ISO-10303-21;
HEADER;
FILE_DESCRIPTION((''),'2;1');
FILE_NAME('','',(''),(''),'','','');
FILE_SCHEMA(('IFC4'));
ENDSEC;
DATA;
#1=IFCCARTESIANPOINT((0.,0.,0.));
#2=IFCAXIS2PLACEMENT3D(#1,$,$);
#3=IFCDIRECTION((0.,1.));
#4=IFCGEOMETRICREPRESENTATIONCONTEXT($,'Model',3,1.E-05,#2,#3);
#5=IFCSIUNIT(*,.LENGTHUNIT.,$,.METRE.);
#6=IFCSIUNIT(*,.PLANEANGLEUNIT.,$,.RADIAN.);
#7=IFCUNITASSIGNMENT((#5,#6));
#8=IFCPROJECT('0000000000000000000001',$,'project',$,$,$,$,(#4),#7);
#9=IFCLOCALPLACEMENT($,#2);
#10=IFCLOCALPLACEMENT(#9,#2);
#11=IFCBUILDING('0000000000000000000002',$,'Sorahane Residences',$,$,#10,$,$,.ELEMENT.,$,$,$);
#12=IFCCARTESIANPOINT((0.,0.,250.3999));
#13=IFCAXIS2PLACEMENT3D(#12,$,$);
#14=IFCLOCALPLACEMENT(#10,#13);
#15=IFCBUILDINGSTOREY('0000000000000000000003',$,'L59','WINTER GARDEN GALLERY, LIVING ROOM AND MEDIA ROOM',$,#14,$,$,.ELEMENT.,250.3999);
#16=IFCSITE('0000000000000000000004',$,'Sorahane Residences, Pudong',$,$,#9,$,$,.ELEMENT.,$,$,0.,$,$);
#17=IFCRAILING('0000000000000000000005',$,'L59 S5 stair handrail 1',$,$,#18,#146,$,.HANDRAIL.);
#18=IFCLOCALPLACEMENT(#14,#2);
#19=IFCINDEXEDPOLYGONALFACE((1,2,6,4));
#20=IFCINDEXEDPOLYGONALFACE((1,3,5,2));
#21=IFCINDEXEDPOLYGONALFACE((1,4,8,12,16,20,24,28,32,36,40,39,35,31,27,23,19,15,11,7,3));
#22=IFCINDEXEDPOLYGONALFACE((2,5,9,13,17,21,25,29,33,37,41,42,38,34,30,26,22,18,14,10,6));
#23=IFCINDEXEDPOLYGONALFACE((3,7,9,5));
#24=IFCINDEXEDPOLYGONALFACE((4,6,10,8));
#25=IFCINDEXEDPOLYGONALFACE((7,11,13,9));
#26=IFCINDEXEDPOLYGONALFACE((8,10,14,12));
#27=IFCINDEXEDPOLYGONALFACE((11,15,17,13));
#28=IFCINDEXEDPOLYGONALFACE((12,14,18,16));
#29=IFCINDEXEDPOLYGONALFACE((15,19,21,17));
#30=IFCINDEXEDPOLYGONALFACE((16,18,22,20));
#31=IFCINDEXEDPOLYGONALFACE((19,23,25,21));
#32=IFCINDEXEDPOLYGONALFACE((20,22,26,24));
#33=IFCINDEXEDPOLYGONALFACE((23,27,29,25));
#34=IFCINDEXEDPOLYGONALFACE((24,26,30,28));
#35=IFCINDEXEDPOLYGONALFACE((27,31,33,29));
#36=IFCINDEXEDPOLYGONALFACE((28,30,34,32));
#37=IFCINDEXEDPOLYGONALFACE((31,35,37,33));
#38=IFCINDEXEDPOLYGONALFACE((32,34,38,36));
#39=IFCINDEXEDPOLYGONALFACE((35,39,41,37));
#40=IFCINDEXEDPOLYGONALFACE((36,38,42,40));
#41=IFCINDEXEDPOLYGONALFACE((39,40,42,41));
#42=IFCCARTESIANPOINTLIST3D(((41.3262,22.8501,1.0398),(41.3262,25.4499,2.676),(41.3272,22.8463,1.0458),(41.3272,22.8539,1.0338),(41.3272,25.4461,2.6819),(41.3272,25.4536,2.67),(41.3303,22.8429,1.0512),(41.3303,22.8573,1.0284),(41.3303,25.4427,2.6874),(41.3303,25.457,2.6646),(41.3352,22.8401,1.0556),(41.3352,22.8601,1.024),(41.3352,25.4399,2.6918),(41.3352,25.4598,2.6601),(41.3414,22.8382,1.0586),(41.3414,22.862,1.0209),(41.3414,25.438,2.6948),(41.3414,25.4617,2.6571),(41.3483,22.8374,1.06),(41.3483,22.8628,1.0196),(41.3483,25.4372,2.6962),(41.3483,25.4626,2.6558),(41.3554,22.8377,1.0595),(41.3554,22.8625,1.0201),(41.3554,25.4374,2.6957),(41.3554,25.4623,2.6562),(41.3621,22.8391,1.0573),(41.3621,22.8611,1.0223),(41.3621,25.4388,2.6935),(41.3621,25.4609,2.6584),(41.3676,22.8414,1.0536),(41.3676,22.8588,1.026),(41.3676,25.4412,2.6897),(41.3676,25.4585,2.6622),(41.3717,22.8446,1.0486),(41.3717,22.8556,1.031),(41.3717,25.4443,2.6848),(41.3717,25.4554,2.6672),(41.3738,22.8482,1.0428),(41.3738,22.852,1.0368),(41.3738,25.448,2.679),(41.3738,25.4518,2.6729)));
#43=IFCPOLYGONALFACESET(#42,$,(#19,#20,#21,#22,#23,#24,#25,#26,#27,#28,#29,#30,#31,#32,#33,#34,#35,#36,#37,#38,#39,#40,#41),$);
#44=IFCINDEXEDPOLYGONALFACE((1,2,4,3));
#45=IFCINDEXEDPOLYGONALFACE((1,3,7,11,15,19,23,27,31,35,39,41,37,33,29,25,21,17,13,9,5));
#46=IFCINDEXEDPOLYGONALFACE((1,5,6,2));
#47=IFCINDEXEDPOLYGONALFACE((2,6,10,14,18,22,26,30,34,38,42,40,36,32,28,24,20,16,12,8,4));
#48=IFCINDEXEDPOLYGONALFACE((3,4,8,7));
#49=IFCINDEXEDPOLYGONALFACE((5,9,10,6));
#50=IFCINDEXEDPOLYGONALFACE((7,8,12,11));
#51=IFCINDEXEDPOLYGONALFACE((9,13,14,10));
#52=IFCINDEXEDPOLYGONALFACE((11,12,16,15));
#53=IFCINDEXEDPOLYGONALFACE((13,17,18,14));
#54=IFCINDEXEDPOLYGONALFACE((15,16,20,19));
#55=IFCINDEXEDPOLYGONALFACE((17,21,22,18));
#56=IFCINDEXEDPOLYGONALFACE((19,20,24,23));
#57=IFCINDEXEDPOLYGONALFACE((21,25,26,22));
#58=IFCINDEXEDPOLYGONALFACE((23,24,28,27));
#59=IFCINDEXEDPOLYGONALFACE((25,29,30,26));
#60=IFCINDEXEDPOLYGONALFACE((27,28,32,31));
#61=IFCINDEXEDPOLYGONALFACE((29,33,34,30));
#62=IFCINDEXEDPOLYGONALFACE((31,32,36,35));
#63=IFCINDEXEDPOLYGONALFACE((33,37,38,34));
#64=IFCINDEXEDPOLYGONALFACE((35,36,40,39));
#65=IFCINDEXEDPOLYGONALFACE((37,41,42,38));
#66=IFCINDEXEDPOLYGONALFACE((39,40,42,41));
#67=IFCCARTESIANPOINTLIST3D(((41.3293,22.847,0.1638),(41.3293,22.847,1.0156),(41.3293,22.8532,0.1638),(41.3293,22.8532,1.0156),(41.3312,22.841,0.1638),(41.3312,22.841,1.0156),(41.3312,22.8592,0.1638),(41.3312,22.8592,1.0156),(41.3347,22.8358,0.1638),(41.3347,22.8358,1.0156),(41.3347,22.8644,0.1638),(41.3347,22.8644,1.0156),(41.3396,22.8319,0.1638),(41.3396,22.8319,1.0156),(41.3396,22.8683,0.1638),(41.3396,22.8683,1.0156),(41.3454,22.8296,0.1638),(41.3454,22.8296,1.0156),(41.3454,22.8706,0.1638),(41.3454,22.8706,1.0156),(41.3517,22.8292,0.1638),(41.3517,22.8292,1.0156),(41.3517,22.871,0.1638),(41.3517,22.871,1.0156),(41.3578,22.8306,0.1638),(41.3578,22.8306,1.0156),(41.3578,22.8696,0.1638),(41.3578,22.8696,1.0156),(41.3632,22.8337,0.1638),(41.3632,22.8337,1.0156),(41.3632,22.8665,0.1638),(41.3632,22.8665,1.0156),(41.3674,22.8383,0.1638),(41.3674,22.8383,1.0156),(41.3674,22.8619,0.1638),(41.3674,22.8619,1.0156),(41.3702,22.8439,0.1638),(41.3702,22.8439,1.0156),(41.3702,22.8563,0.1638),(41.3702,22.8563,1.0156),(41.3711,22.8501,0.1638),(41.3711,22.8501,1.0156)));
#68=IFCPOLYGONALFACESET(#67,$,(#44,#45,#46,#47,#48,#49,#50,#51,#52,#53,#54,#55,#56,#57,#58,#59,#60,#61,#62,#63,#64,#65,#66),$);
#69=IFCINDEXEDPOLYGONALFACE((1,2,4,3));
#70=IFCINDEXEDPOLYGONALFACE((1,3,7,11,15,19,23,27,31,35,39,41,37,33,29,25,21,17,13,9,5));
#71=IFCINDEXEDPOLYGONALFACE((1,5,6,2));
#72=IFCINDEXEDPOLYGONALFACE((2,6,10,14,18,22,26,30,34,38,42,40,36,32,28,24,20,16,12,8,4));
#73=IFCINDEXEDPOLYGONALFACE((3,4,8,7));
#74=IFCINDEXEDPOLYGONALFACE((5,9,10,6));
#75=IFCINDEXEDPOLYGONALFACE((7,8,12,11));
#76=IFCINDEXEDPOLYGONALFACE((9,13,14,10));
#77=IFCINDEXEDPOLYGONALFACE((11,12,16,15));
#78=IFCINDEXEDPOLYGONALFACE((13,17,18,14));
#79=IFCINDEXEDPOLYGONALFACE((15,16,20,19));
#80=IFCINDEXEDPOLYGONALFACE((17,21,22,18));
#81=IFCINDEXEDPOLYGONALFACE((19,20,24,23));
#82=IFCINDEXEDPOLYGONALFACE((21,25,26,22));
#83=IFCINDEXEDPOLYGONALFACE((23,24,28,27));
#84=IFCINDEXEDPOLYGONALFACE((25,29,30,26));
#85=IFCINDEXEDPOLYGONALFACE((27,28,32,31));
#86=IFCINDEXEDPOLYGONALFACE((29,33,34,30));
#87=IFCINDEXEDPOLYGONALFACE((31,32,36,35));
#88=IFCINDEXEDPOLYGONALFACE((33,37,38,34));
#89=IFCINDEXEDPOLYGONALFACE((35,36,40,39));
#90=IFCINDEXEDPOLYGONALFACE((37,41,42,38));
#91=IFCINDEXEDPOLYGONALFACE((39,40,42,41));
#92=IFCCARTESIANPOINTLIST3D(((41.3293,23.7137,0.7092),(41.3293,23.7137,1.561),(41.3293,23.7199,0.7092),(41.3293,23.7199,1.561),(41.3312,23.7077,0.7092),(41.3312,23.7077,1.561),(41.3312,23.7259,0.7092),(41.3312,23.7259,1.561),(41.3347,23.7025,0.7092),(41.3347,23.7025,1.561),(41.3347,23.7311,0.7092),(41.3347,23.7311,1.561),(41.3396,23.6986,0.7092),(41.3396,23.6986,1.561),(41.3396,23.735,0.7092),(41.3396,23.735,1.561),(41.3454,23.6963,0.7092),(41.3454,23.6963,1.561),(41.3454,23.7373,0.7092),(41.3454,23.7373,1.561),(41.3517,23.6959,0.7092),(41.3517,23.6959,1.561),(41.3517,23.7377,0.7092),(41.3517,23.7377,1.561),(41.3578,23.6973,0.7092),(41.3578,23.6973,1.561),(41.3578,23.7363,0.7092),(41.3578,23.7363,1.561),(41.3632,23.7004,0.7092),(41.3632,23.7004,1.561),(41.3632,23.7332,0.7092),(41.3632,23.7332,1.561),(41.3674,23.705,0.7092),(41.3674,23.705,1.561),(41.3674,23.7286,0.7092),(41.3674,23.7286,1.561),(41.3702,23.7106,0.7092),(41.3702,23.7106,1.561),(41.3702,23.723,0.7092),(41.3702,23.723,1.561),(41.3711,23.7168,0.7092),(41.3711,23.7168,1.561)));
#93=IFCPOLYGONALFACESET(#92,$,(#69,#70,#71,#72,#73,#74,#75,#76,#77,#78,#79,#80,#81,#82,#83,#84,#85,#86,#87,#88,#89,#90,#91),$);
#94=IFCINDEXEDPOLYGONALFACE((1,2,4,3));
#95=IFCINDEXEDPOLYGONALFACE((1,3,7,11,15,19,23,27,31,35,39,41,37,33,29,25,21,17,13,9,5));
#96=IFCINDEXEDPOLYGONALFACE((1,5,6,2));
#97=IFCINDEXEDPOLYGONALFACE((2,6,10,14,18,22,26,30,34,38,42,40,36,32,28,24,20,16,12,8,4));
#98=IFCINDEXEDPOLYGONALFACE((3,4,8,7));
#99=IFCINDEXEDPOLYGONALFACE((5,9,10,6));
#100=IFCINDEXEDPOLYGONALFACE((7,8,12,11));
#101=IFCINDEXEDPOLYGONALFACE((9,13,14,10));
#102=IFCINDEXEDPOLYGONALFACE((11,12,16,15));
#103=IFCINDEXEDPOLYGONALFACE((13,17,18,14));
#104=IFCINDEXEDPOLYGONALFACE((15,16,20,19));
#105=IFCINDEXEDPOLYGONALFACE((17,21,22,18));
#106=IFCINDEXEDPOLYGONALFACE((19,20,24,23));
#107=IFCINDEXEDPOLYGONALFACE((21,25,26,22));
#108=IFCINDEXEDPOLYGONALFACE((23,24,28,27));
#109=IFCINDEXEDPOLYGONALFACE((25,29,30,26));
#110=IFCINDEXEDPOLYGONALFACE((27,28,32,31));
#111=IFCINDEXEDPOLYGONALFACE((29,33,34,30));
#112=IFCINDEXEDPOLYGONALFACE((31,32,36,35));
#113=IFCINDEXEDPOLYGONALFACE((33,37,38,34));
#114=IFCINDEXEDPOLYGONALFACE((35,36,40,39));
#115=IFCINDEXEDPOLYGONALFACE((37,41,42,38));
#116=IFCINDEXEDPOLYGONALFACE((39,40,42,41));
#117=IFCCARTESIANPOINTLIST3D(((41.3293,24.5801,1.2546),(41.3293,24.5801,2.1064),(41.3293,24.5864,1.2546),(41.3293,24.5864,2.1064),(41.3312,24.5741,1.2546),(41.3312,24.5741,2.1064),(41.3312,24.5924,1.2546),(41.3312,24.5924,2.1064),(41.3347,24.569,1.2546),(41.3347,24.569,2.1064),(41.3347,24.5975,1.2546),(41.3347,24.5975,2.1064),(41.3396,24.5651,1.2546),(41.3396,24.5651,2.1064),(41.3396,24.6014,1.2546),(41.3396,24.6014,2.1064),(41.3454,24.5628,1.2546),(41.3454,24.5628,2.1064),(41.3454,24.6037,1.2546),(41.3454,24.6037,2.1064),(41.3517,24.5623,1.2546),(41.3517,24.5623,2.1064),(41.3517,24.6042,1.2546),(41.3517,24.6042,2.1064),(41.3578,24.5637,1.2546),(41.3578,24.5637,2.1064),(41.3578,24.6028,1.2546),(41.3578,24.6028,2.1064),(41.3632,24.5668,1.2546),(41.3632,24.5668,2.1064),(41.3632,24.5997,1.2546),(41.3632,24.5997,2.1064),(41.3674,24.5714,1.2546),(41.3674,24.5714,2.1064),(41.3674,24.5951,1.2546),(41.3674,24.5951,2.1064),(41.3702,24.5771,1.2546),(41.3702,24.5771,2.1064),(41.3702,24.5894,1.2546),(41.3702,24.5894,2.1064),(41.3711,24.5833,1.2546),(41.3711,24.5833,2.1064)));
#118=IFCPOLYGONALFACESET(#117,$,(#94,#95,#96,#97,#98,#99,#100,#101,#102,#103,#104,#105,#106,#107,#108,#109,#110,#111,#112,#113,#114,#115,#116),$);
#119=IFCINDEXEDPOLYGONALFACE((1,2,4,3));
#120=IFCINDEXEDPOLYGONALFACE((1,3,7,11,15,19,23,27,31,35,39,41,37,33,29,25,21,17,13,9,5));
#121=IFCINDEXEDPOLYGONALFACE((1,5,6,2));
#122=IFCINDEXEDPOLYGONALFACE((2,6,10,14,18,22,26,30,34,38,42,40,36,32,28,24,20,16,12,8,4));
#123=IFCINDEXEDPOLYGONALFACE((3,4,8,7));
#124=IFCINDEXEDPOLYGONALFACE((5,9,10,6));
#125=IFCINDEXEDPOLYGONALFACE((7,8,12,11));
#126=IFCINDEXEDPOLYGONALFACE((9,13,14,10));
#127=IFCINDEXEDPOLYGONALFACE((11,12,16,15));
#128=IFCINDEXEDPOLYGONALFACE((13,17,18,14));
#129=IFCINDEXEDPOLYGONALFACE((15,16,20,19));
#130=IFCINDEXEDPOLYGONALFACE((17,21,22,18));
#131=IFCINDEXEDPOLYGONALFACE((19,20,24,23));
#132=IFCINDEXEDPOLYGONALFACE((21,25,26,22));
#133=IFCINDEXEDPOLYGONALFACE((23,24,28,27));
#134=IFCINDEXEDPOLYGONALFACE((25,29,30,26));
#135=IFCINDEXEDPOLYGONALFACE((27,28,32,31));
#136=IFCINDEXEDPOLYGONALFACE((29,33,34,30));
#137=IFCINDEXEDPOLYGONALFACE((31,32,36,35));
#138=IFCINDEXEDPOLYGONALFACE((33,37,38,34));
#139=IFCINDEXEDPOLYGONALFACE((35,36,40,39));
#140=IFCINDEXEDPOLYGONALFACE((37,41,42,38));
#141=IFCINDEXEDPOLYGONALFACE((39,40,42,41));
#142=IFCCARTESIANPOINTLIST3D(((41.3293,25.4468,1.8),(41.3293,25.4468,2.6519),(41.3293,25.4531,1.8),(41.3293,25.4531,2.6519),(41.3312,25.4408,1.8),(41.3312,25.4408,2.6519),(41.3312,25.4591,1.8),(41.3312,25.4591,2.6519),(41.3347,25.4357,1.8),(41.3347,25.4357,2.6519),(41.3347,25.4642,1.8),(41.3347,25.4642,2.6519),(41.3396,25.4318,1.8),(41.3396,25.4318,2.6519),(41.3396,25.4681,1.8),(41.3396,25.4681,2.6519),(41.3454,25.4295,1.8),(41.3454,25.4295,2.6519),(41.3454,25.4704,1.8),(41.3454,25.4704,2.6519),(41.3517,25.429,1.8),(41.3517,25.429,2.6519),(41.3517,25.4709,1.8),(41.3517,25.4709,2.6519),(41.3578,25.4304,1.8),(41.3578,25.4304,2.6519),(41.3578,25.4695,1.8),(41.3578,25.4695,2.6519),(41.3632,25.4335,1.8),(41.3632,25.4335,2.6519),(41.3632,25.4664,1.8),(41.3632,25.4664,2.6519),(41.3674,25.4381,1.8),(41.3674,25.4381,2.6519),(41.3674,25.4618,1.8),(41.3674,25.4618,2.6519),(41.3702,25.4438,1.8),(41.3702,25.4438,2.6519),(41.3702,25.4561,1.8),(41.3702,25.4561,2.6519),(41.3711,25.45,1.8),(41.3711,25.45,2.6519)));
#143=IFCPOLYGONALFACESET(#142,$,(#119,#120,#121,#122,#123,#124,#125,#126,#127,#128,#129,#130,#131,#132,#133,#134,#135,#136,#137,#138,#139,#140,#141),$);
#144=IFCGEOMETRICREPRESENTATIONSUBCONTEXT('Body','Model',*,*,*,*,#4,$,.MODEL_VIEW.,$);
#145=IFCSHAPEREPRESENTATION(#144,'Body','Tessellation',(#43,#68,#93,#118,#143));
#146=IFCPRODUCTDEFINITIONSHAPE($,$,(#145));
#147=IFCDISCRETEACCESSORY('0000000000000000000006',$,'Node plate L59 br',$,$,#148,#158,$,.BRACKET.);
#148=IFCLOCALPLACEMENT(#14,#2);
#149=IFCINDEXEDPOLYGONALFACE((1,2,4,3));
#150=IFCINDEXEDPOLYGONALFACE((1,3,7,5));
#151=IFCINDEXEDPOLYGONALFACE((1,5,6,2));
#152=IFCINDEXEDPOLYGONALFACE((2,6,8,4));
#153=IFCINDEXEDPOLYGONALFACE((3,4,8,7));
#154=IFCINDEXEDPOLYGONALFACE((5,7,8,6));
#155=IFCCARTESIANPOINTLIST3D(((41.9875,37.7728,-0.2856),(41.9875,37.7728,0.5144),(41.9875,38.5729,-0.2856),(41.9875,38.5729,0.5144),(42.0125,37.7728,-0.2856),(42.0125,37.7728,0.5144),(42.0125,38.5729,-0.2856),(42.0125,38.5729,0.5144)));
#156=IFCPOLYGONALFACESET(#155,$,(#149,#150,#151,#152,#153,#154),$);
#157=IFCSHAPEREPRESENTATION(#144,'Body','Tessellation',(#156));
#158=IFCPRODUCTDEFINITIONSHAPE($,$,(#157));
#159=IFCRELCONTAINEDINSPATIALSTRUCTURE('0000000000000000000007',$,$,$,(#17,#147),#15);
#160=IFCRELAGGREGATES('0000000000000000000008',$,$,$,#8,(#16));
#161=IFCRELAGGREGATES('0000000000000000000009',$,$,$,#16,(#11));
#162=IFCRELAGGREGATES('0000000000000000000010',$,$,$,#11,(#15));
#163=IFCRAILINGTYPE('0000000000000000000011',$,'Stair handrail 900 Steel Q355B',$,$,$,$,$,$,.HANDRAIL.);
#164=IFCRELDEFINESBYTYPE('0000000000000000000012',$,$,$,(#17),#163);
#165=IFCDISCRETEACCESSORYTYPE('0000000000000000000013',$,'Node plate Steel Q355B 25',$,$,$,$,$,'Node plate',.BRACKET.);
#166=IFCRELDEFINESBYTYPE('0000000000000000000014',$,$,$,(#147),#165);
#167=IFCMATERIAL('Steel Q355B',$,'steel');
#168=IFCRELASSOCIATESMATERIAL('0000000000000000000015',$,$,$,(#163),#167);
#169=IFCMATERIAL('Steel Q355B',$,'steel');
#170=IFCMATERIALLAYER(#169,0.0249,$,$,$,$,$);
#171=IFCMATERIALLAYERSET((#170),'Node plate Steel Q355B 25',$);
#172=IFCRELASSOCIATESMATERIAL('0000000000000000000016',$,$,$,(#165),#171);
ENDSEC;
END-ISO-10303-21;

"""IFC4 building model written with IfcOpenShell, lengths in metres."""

from ifc_helpers import new_model, si_unit, direction, frame, origin, origin_2d, place, context, subcontext, project, spatial, rectangle, circle, extrude, material, layer, layer_set, type_object, element, save


model = new_model("IFC4")

# Units and contexts
model_context = context("Model", 3, precision=1e-05, world=origin(), true_north=direction((0.0, 1.0)))
body_context = subcontext(model_context, "Body", "Model", "MODEL_VIEW")
ifc_project = project(units=[si_unit("LENGTHUNIT", "METRE"), si_unit("PLANEANGLEUNIT", "RADIAN")], contexts=[model_context])

# Site, building, storey
site_placement = place(None, origin())
site = spatial("IfcSite", under=ifc_project, at=site_placement, Name="Sorahane Residences, Pudong", CompositionType="ELEMENT", RefElevation=0.0)
building_placement = place(site_placement, origin())
building = spatial("IfcBuilding", under=site, at=building_placement, Name="Sorahane Residences", CompositionType="ELEMENT")
storey_placement = place(building_placement, frame((0.0, 0.0, 250.3999)))
storey = spatial("IfcBuildingStorey", under=building, at=storey_placement, Name="L59", Description="WINTER GARDEN GALLERY, LIVING ROOM AND MEDIA ROOM", CompositionType="ELEMENT", Elevation=250.3999)

# Railing
ifc_material_1 = material(Name="Steel Q355B", Category="steel")
railing_type_1 = type_object("IfcRailingType", Name="Stair handrail 900 Steel Q355B", PredefinedType="HANDRAIL", material=ifc_material_1)
railing_1_placement = place(storey_placement, frame((41.3501, 22.8501, 0.1638)))
element("IfcRailing", 1, at=railing_1_placement, inside=storey, type_object=railing_type_1, Name="L59 S5 stair handrail 1", PredefinedType="HANDRAIL", context=body_context, shape_type="SweptSolid", body=[
    extrude(circle(Radius=0.0239, at=origin_2d()), frame((0.0, 0.0, 0.876), z_axis=(0.0, 0.846338, 0.532647), x_axis=(-1.0, 0.0, 0.0)), (0.0, 0.0, 1.0), 3.0718),
    extrude(circle(Radius=0.021, at=origin_2d()), origin(), (0.0, 0.0, 1.0), 0.8518),
    extrude(circle(Radius=0.021, at=origin_2d()), frame((0.0, 0.8667, 0.5454)), (0.0, 0.0, 1.0), 0.8518),
    extrude(circle(Radius=0.021, at=origin_2d()), frame((0.0, 1.7332, 1.0908)), (0.0, 0.0, 1.0), 0.8518),
    extrude(circle(Radius=0.021, at=origin_2d()), frame((0.0, 2.5999, 1.6362)), (0.0, 0.0, 1.0), 0.8518),
])

# Discrete accessory
ifc_material_2 = material(Name="Steel Q355B", Category="steel")
ifc_layer_1 = layer(ifc_material_2, 0.0249)
ifc_layer_set_1 = layer_set([ifc_layer_1], Name="Node plate Steel Q355B 25")
discrete_accessory_type = type_object("IfcDiscreteAccessoryType", Name="Node plate Steel Q355B 25", ElementType="Node plate", PredefinedType="BRACKET", material=ifc_layer_set_1)
discrete_accessory_placement = place(storey_placement, frame((42.0, 38.1729, -0.2856), z_axis=(0.0, 0.0, 1.0), x_axis=(0.0, 1.0, 0.0)))
element("IfcDiscreteAccessory", 2, at=discrete_accessory_placement, inside=storey, type_object=discrete_accessory_type, Name="Node plate L59 br", PredefinedType="BRACKET", context=body_context, shape_type="SweptSolid", body=[
    extrude(rectangle(XDim=0.8, YDim=0.0249, at=origin_2d()), origin(), (0.0, 0.0, 1.0), 0.8),
])

save(model, "model.ifc")
